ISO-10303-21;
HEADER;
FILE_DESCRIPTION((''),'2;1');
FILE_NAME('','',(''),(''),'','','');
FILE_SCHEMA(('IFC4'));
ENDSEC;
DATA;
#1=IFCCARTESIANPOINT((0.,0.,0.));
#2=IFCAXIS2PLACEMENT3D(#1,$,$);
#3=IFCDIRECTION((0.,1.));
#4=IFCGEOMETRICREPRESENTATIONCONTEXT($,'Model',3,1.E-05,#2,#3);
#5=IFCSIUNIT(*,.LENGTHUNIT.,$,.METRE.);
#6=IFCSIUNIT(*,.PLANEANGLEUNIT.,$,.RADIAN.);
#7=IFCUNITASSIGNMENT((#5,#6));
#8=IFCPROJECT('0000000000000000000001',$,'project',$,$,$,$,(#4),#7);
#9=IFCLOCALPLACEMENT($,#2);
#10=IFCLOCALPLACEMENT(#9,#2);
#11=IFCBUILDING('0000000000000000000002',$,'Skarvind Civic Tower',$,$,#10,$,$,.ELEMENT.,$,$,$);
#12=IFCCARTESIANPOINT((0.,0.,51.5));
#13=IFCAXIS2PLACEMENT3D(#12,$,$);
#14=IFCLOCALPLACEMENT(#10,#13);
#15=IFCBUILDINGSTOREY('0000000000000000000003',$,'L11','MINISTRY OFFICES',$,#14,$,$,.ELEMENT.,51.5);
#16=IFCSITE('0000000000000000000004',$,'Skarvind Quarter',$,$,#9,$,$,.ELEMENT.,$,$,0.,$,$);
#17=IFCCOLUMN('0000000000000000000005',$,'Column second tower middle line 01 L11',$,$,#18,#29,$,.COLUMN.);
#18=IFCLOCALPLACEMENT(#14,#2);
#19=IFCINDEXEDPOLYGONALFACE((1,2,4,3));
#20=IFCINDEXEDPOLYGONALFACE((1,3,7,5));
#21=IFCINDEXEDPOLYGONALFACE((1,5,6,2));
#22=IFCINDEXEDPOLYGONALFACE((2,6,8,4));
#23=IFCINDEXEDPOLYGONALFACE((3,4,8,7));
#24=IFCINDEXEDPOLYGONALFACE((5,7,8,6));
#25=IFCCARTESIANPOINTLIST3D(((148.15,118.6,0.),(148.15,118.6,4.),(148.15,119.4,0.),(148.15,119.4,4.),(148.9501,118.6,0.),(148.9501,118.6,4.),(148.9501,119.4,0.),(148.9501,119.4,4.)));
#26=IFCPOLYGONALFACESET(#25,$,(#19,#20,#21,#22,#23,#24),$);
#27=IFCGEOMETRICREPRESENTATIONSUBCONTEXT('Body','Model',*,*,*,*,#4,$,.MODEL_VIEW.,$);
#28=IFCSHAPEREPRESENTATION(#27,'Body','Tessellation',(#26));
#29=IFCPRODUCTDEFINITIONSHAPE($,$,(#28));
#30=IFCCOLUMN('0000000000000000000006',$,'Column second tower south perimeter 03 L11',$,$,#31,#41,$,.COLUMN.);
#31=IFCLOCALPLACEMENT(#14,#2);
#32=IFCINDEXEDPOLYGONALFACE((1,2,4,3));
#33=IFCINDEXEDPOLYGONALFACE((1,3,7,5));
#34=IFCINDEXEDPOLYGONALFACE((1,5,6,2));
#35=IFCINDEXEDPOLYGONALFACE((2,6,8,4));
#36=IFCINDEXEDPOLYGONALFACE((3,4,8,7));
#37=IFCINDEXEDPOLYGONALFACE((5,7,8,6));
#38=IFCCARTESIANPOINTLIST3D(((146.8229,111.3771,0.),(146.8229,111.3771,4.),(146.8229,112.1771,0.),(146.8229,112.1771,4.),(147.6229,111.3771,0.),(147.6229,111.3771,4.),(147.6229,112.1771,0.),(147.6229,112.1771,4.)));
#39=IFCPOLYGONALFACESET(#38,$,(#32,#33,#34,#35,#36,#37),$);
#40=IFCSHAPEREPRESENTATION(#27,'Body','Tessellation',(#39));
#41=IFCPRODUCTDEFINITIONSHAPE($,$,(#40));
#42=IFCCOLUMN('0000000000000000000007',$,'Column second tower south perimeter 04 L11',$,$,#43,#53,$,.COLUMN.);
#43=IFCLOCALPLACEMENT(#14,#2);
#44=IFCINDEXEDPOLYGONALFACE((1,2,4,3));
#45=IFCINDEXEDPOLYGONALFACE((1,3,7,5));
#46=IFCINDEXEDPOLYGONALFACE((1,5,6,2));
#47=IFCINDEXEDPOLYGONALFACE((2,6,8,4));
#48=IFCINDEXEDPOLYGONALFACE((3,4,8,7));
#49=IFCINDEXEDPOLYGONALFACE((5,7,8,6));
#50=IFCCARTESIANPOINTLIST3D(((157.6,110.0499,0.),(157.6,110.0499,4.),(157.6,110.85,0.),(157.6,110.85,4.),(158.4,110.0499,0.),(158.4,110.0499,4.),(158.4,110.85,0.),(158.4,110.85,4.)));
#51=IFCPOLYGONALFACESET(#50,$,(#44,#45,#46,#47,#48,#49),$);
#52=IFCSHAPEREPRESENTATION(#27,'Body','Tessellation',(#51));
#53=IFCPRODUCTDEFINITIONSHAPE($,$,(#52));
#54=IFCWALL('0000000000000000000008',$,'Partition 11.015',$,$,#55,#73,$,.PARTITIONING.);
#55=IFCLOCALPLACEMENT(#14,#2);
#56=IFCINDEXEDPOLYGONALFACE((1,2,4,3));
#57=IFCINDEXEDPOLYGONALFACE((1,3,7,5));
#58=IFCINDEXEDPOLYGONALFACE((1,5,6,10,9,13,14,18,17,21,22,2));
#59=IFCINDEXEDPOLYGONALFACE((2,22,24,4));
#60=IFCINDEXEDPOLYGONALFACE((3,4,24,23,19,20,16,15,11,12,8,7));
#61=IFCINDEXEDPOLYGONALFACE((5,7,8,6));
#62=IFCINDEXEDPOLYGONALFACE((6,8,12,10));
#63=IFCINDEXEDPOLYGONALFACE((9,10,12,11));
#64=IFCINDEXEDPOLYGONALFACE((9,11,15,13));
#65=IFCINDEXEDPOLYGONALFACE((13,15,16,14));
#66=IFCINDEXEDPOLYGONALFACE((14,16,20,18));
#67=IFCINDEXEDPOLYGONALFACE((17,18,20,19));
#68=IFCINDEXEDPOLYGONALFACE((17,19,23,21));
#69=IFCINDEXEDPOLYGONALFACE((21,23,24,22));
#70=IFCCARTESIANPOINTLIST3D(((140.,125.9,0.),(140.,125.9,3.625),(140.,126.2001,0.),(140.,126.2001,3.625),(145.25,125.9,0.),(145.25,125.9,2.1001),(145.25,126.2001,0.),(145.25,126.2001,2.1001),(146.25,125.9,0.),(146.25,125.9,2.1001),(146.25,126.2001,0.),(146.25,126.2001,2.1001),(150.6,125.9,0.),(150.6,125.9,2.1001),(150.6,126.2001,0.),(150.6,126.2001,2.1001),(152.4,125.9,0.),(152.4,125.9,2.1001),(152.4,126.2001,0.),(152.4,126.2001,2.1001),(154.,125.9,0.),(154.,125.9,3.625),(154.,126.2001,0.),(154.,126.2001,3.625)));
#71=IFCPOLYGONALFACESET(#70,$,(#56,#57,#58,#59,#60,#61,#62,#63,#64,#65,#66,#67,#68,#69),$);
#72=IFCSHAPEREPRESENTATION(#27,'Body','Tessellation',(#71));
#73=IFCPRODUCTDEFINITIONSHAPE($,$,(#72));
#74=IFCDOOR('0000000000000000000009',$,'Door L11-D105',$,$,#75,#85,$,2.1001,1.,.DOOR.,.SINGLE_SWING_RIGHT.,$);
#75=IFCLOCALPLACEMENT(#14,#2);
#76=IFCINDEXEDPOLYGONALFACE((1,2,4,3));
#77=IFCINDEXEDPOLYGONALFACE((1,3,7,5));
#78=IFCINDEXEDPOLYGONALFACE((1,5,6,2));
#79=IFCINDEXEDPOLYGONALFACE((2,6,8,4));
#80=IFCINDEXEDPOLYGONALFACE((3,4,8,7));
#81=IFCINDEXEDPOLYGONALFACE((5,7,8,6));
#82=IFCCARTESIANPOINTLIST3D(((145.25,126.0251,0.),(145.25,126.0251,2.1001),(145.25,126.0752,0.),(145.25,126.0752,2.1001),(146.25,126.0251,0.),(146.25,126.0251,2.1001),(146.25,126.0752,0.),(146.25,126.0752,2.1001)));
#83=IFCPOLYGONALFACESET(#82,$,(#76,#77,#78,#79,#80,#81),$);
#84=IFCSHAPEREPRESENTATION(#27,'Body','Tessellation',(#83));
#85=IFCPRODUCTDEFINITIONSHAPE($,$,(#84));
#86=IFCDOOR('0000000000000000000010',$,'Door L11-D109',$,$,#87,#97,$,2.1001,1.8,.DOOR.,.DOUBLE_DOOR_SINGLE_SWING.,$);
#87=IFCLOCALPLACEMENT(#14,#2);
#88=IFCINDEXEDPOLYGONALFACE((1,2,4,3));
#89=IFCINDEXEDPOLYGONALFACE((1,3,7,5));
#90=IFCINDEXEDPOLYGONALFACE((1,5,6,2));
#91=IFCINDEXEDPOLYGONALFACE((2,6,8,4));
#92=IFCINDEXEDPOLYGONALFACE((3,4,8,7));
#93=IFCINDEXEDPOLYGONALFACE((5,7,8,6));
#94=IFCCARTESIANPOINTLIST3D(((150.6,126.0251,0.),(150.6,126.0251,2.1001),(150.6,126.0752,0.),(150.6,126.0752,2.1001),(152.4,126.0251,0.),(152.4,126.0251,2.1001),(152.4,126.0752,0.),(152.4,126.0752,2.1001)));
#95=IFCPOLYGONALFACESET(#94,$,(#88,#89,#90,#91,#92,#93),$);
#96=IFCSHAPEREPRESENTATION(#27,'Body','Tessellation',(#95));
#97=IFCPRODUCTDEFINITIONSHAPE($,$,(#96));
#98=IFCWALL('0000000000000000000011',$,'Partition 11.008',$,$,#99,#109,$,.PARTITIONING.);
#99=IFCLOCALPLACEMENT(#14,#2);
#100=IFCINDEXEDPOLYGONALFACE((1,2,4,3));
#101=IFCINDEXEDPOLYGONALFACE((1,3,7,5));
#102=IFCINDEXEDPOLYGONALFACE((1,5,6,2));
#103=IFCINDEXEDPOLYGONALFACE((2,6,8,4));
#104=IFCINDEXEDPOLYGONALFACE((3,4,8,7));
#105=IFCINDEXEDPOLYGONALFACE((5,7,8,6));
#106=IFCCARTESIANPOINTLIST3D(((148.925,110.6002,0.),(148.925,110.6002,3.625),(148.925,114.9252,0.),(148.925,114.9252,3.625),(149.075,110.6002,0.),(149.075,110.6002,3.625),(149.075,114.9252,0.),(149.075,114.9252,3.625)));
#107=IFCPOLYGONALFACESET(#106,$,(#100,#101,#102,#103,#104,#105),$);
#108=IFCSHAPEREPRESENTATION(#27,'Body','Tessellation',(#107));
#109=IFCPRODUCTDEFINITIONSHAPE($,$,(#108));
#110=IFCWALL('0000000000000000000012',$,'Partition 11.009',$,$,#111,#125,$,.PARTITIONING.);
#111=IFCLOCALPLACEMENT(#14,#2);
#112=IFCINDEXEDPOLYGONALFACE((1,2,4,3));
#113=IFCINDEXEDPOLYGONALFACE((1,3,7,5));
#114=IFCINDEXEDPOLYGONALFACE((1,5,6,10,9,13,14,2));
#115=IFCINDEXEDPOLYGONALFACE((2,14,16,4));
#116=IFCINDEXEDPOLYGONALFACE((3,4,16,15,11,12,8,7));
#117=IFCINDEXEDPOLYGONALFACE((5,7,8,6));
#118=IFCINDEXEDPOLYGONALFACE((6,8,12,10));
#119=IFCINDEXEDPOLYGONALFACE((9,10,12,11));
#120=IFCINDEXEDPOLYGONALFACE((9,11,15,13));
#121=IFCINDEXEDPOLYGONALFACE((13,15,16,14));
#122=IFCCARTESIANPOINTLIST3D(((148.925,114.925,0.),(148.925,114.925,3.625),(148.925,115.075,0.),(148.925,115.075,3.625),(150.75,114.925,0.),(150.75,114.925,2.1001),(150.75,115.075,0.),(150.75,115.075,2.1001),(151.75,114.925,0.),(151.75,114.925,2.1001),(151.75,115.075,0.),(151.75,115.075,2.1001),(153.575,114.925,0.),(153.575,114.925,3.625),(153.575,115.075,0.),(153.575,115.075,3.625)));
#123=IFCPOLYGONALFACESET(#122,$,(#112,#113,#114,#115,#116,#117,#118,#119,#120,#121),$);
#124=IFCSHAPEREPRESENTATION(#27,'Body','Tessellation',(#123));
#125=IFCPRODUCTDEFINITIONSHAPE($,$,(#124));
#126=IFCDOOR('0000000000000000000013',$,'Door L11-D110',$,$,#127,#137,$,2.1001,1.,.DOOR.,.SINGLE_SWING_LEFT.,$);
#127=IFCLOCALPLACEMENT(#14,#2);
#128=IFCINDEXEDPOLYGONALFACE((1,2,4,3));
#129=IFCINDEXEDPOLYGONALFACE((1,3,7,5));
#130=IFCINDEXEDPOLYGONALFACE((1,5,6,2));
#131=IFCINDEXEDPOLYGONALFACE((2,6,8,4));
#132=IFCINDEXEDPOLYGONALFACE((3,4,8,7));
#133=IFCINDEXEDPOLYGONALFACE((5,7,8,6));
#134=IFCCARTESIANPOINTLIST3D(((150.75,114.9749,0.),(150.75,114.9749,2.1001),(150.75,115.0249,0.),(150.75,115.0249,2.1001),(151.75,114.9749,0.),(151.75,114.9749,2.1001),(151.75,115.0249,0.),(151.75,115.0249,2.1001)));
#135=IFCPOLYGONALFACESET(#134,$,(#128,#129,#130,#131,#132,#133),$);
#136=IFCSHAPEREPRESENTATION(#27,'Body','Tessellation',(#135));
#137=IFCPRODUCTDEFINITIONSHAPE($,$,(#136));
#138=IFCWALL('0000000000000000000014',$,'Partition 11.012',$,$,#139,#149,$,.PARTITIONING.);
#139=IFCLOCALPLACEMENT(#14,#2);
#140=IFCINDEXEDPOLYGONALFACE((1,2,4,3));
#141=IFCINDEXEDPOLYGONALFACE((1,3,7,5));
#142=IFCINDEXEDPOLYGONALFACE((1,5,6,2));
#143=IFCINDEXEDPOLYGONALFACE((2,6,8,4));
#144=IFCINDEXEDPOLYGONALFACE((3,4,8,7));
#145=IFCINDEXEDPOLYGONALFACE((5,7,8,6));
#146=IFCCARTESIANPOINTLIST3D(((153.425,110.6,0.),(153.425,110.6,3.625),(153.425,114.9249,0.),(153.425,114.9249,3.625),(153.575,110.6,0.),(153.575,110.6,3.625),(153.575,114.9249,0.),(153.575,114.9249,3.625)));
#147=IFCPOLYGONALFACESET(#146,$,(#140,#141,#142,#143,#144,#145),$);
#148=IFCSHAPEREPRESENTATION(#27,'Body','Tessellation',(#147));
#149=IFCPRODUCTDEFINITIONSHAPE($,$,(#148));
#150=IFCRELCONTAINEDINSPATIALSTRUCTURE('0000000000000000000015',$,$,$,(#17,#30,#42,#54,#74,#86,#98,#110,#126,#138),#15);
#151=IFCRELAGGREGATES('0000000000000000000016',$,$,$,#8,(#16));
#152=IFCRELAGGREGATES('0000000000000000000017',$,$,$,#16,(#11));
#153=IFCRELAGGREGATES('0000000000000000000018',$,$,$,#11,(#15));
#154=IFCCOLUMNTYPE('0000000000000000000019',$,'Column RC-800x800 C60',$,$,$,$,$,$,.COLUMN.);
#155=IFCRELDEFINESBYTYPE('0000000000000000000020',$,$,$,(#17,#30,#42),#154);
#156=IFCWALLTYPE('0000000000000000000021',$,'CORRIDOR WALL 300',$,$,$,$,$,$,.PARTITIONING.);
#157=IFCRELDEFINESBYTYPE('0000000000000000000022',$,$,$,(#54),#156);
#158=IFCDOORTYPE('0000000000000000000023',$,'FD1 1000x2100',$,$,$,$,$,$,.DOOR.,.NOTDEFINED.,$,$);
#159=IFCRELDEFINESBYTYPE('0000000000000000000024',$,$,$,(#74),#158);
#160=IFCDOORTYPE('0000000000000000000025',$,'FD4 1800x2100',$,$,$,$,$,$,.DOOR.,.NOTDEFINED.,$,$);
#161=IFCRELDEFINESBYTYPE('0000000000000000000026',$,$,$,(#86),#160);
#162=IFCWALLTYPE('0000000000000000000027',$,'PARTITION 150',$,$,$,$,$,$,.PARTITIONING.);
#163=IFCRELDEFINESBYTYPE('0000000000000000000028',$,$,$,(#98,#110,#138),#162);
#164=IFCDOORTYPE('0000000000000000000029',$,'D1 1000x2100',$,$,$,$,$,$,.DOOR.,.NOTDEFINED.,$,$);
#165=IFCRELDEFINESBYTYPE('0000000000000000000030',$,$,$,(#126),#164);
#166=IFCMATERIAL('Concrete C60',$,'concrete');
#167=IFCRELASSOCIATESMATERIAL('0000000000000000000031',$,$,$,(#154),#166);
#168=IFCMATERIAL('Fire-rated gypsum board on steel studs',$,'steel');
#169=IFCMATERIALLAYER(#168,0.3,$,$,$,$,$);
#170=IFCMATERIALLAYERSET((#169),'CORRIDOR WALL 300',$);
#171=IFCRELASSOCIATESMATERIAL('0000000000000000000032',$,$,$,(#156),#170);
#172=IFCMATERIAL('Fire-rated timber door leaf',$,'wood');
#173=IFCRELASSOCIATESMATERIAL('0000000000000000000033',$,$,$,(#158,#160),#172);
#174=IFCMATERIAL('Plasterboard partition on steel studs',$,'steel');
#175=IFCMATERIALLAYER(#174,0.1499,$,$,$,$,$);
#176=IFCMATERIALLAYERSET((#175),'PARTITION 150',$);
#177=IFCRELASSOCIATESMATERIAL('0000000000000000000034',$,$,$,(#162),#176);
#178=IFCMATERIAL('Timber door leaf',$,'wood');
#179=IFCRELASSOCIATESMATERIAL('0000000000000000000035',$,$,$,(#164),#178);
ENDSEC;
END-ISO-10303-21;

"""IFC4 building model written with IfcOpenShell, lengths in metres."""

from ifc_helpers import new_model, si_unit, direction, frame, frame_2d, origin, origin_2d, place, context, subcontext, project, spatial, rectangle, extrude, material, layer, layer_set, material_profile, profile_set, type_object, element, fill, save


model = new_model("IFC4")

# Units and contexts
model_context = context("Model", 3, precision=1e-05, world=origin(), true_north=direction((0.0, 1.0)))
body_context = subcontext(model_context, "Body", "Model", "MODEL_VIEW")
ifc_project = project(units=[si_unit("LENGTHUNIT", "METRE"), si_unit("PLANEANGLEUNIT", "RADIAN")], contexts=[model_context])

# Site, building, storey
site_placement = place(None, origin())
site = spatial("IfcSite", under=ifc_project, at=site_placement, Name="Skarvind Quarter", CompositionType="ELEMENT", RefElevation=0.0)
building_placement = place(site_placement, origin())
building = spatial("IfcBuilding", under=site, at=building_placement, Name="Skarvind Civic Tower", CompositionType="ELEMENT")
storey_placement = place(building_placement, frame((0.0, 0.0, 51.5)))
storey = spatial("IfcBuildingStorey", under=building, at=storey_placement, Name="L11", Description="MINISTRY OFFICES", CompositionType="ELEMENT", Elevation=51.5)

# Columns
ifc_material_1 = material(Name="Concrete C60", Category="concrete")
ifc_material_profile = material_profile(ifc_material_1, rectangle(XDim=0.8, YDim=0.8, at=origin_2d()), Name="RC-800x800")
ifc_profile_set = profile_set([ifc_material_profile], Name="Concrete C60")
column_type = type_object("IfcColumnType", Name="Column RC-800x800 C60", PredefinedType="COLUMN", material=ifc_profile_set)
for number, where, z_axis, x_axis, name in (
    (1, (148.55, 119.0, 0.0), (0.0, 0.0, 1.0), (1.0, 0.0, 0.0), "Column second tower middle line 01 L11"),
    (2, (147.2229, 111.7771, 0.0), (0.0, 0.0, 1.0), (1.0, 0.0, 0.0), "Column second tower south perimeter 03 L11"),
    (3, (158.0, 110.45, 0.0), (0.0, 0.0, 1.0), (1.0, 0.0, 0.0), "Column second tower south perimeter 04 L11"),
):
    element("IfcColumn", number, at=place(storey_placement, frame(where, z_axis=z_axis, x_axis=x_axis)), inside=storey, type_object=column_type, Name=name, PredefinedType="COLUMN", context=body_context, shape_type="SweptSolid", body=[
        extrude(rectangle(XDim=0.8, YDim=0.8, at=origin_2d()), origin(), (0.0, 0.0, 1.0), 4.0),
    ])

# Wall, openings, doors
ifc_material_2 = material(Name="Fire-rated gypsum board on steel studs", Category="steel")
ifc_layer_1 = layer(ifc_material_2, 0.3)
ifc_layer_set_1 = layer_set([ifc_layer_1], Name="CORRIDOR WALL 300")
wall_type_1 = type_object("IfcWallType", Name="CORRIDOR WALL 300", PredefinedType="PARTITIONING", material=ifc_layer_set_1)
wall_1_placement = place(storey_placement, frame((154.0, 126.05, 0.0), z_axis=(0.0, 0.0, 1.0), x_axis=(-1.0, 0.0, 0.0)))
wall_1 = element("IfcWall", 4, at=wall_1_placement, inside=storey, type_object=wall_type_1, Name="Partition 11.015", PredefinedType="PARTITIONING", context=body_context, shape_type="SweptSolid", body=[
    extrude(rectangle(XDim=14.0, YDim=0.3, at=frame_2d((7.0, 0.0))), origin(), (0.0, 0.0, 1.0), 3.625),
])
opening_1_placement = place(wall_1_placement, frame((7.75, 0.0, 0.0)))
opening_1 = element("IfcOpeningElement", 5, at=opening_1_placement, cuts=wall_1, PredefinedType="OPENING", context=body_context, shape_type="SweptSolid", body=[
    extrude(rectangle(XDim=1.0, YDim=2.1001, at=frame_2d((0.5, 1.05))), frame((0.0, 0.1599, 0.0), z_axis=(0.0, -1.0, 0.0), x_axis=(1.0, 0.0, 0.0)), (0.0, 0.0, 1.0), 0.3201),
])
opening_2_placement = place(wall_1_placement, frame((1.6001, 0.0, 0.0)))
opening_2 = element("IfcOpeningElement", 6, at=opening_2_placement, cuts=wall_1, PredefinedType="OPENING", context=body_context, shape_type="SweptSolid", body=[
    extrude(rectangle(XDim=1.8, YDim=2.1001, at=frame_2d((0.8999, 1.05))), frame((0.0, 0.1599, 0.0), z_axis=(0.0, -1.0, 0.0), x_axis=(1.0, 0.0, 0.0)), (0.0, 0.0, 1.0), 0.3201),
])
ifc_material_3 = material(Name="Fire-rated timber door leaf", Category="wood")
door_type_1 = type_object("IfcDoorType", Name="FD1 1000x2100", OperationType="NOTDEFINED", PredefinedType="DOOR", material=ifc_material_3)
door_1_placement = place(opening_1_placement, origin())
door_1 = element("IfcDoor", 7, at=door_1_placement, inside=storey, type_object=door_type_1, Name="Door L11-D105", OperationType="SINGLE_SWING_RIGHT", OverallHeight=2.1001, OverallWidth=1.0, PredefinedType="DOOR", context=body_context, shape_type="SweptSolid", body=[
    extrude(rectangle(XDim=1.0, YDim=2.1001, at=frame_2d((0.5, 1.05))), frame((0.0, 0.0249, 0.0), z_axis=(0.0, -1.0, 0.0), x_axis=(1.0, 0.0, 0.0)), (0.0, 0.0, 1.0), 0.05),
])
fill(opening_1, door_1)
door_type_2 = type_object("IfcDoorType", Name="FD4 1800x2100", OperationType="NOTDEFINED", PredefinedType="DOOR", material=ifc_material_3)
door_2_placement = place(opening_2_placement, origin())
door_2 = element("IfcDoor", 8, at=door_2_placement, inside=storey, type_object=door_type_2, Name="Door L11-D109", OperationType="DOUBLE_DOOR_SINGLE_SWING", OverallHeight=2.1001, OverallWidth=1.8, PredefinedType="DOOR", context=body_context, shape_type="SweptSolid", body=[
    extrude(rectangle(XDim=1.8, YDim=2.1001, at=frame_2d((0.8999, 1.05))), frame((0.0, 0.0249, 0.0), z_axis=(0.0, -1.0, 0.0), x_axis=(1.0, 0.0, 0.0)), (0.0, 0.0, 1.0), 0.05),
])
fill(opening_2, door_2)

# Wall
ifc_material_4 = material(Name="Plasterboard partition on steel studs", Category="steel")
ifc_layer_2 = layer(ifc_material_4, 0.1499)
ifc_layer_set_2 = layer_set([ifc_layer_2], Name="PARTITION 150")
wall_type_2 = type_object("IfcWallType", Name="PARTITION 150", PredefinedType="PARTITIONING", material=ifc_layer_set_2)
wall_2_placement = place(storey_placement, frame((149.0, 110.6001, 0.0), z_axis=(0.0, 0.0, 1.0), x_axis=(0.0, 1.0, 0.0)))
element("IfcWall", 9, at=wall_2_placement, inside=storey, type_object=wall_type_2, Name="Partition 11.008", PredefinedType="PARTITIONING", context=body_context, shape_type="SweptSolid", body=[
    extrude(rectangle(XDim=4.325, YDim=0.1499, at=frame_2d((2.1626, 0.0))), origin(), (0.0, 0.0, 1.0), 3.625),
])

# Wall, opening, door
wall_3_placement = place(storey_placement, frame((148.925, 115.0, 0.0), z_axis=(0.0, 0.0, 1.0), x_axis=(1.0, 0.0, 0.0)))
wall_3 = element("IfcWall", 10, at=wall_3_placement, inside=storey, type_object=wall_type_2, Name="Partition 11.009", PredefinedType="PARTITIONING", context=body_context, shape_type="SweptSolid", body=[
    extrude(rectangle(XDim=4.6499, YDim=0.1499, at=frame_2d((2.325, 0.0))), origin(), (0.0, 0.0, 1.0), 3.625),
])
opening_3_placement = place(wall_3_placement, frame((1.825, 0.0, 0.0)))
opening_3 = element("IfcOpeningElement", 11, at=opening_3_placement, cuts=wall_3, PredefinedType="OPENING", context=body_context, shape_type="SweptSolid", body=[
    extrude(rectangle(XDim=1.0, YDim=2.1001, at=frame_2d((0.5, 1.05))), frame((0.0, 0.085, 0.0), z_axis=(0.0, -1.0, 0.0), x_axis=(1.0, 0.0, 0.0)), (0.0, 0.0, 1.0), 0.1699),
])
ifc_material_5 = material(Name="Timber door leaf", Category="wood")
door_type_3 = type_object("IfcDoorType", Name="D1 1000x2100", OperationType="NOTDEFINED", PredefinedType="DOOR", material=ifc_material_5)
door_3_placement = place(opening_3_placement, origin())
door_3 = element("IfcDoor", 12, at=door_3_placement, inside=storey, type_object=door_type_3, Name="Door L11-D110", OperationType="SINGLE_SWING_LEFT", OverallHeight=2.1001, OverallWidth=1.0, PredefinedType="DOOR", context=body_context, shape_type="SweptSolid", body=[
    extrude(rectangle(XDim=1.0, YDim=2.1001, at=frame_2d((0.5, 1.05))), frame((0.0, 0.0249, 0.0), z_axis=(0.0, -1.0, 0.0), x_axis=(1.0, 0.0, 0.0)), (0.0, 0.0, 1.0), 0.05),
])
fill(opening_3, door_3)

# Wall
wall_4_placement = place(storey_placement, frame((153.5, 114.925, 0.0), z_axis=(0.0, 0.0, 1.0), x_axis=(0.0, -1.0, 0.0)))
element("IfcWall", 13, at=wall_4_placement, inside=storey, type_object=wall_type_2, Name="Partition 11.012", PredefinedType="PARTITIONING", context=body_context, shape_type="SweptSolid", body=[
    extrude(rectangle(XDim=4.325, YDim=0.1499, at=frame_2d((2.1626, 0.0))), origin(), (0.0, 0.0, 1.0), 3.625),
])

save(model, "model.ifc")
